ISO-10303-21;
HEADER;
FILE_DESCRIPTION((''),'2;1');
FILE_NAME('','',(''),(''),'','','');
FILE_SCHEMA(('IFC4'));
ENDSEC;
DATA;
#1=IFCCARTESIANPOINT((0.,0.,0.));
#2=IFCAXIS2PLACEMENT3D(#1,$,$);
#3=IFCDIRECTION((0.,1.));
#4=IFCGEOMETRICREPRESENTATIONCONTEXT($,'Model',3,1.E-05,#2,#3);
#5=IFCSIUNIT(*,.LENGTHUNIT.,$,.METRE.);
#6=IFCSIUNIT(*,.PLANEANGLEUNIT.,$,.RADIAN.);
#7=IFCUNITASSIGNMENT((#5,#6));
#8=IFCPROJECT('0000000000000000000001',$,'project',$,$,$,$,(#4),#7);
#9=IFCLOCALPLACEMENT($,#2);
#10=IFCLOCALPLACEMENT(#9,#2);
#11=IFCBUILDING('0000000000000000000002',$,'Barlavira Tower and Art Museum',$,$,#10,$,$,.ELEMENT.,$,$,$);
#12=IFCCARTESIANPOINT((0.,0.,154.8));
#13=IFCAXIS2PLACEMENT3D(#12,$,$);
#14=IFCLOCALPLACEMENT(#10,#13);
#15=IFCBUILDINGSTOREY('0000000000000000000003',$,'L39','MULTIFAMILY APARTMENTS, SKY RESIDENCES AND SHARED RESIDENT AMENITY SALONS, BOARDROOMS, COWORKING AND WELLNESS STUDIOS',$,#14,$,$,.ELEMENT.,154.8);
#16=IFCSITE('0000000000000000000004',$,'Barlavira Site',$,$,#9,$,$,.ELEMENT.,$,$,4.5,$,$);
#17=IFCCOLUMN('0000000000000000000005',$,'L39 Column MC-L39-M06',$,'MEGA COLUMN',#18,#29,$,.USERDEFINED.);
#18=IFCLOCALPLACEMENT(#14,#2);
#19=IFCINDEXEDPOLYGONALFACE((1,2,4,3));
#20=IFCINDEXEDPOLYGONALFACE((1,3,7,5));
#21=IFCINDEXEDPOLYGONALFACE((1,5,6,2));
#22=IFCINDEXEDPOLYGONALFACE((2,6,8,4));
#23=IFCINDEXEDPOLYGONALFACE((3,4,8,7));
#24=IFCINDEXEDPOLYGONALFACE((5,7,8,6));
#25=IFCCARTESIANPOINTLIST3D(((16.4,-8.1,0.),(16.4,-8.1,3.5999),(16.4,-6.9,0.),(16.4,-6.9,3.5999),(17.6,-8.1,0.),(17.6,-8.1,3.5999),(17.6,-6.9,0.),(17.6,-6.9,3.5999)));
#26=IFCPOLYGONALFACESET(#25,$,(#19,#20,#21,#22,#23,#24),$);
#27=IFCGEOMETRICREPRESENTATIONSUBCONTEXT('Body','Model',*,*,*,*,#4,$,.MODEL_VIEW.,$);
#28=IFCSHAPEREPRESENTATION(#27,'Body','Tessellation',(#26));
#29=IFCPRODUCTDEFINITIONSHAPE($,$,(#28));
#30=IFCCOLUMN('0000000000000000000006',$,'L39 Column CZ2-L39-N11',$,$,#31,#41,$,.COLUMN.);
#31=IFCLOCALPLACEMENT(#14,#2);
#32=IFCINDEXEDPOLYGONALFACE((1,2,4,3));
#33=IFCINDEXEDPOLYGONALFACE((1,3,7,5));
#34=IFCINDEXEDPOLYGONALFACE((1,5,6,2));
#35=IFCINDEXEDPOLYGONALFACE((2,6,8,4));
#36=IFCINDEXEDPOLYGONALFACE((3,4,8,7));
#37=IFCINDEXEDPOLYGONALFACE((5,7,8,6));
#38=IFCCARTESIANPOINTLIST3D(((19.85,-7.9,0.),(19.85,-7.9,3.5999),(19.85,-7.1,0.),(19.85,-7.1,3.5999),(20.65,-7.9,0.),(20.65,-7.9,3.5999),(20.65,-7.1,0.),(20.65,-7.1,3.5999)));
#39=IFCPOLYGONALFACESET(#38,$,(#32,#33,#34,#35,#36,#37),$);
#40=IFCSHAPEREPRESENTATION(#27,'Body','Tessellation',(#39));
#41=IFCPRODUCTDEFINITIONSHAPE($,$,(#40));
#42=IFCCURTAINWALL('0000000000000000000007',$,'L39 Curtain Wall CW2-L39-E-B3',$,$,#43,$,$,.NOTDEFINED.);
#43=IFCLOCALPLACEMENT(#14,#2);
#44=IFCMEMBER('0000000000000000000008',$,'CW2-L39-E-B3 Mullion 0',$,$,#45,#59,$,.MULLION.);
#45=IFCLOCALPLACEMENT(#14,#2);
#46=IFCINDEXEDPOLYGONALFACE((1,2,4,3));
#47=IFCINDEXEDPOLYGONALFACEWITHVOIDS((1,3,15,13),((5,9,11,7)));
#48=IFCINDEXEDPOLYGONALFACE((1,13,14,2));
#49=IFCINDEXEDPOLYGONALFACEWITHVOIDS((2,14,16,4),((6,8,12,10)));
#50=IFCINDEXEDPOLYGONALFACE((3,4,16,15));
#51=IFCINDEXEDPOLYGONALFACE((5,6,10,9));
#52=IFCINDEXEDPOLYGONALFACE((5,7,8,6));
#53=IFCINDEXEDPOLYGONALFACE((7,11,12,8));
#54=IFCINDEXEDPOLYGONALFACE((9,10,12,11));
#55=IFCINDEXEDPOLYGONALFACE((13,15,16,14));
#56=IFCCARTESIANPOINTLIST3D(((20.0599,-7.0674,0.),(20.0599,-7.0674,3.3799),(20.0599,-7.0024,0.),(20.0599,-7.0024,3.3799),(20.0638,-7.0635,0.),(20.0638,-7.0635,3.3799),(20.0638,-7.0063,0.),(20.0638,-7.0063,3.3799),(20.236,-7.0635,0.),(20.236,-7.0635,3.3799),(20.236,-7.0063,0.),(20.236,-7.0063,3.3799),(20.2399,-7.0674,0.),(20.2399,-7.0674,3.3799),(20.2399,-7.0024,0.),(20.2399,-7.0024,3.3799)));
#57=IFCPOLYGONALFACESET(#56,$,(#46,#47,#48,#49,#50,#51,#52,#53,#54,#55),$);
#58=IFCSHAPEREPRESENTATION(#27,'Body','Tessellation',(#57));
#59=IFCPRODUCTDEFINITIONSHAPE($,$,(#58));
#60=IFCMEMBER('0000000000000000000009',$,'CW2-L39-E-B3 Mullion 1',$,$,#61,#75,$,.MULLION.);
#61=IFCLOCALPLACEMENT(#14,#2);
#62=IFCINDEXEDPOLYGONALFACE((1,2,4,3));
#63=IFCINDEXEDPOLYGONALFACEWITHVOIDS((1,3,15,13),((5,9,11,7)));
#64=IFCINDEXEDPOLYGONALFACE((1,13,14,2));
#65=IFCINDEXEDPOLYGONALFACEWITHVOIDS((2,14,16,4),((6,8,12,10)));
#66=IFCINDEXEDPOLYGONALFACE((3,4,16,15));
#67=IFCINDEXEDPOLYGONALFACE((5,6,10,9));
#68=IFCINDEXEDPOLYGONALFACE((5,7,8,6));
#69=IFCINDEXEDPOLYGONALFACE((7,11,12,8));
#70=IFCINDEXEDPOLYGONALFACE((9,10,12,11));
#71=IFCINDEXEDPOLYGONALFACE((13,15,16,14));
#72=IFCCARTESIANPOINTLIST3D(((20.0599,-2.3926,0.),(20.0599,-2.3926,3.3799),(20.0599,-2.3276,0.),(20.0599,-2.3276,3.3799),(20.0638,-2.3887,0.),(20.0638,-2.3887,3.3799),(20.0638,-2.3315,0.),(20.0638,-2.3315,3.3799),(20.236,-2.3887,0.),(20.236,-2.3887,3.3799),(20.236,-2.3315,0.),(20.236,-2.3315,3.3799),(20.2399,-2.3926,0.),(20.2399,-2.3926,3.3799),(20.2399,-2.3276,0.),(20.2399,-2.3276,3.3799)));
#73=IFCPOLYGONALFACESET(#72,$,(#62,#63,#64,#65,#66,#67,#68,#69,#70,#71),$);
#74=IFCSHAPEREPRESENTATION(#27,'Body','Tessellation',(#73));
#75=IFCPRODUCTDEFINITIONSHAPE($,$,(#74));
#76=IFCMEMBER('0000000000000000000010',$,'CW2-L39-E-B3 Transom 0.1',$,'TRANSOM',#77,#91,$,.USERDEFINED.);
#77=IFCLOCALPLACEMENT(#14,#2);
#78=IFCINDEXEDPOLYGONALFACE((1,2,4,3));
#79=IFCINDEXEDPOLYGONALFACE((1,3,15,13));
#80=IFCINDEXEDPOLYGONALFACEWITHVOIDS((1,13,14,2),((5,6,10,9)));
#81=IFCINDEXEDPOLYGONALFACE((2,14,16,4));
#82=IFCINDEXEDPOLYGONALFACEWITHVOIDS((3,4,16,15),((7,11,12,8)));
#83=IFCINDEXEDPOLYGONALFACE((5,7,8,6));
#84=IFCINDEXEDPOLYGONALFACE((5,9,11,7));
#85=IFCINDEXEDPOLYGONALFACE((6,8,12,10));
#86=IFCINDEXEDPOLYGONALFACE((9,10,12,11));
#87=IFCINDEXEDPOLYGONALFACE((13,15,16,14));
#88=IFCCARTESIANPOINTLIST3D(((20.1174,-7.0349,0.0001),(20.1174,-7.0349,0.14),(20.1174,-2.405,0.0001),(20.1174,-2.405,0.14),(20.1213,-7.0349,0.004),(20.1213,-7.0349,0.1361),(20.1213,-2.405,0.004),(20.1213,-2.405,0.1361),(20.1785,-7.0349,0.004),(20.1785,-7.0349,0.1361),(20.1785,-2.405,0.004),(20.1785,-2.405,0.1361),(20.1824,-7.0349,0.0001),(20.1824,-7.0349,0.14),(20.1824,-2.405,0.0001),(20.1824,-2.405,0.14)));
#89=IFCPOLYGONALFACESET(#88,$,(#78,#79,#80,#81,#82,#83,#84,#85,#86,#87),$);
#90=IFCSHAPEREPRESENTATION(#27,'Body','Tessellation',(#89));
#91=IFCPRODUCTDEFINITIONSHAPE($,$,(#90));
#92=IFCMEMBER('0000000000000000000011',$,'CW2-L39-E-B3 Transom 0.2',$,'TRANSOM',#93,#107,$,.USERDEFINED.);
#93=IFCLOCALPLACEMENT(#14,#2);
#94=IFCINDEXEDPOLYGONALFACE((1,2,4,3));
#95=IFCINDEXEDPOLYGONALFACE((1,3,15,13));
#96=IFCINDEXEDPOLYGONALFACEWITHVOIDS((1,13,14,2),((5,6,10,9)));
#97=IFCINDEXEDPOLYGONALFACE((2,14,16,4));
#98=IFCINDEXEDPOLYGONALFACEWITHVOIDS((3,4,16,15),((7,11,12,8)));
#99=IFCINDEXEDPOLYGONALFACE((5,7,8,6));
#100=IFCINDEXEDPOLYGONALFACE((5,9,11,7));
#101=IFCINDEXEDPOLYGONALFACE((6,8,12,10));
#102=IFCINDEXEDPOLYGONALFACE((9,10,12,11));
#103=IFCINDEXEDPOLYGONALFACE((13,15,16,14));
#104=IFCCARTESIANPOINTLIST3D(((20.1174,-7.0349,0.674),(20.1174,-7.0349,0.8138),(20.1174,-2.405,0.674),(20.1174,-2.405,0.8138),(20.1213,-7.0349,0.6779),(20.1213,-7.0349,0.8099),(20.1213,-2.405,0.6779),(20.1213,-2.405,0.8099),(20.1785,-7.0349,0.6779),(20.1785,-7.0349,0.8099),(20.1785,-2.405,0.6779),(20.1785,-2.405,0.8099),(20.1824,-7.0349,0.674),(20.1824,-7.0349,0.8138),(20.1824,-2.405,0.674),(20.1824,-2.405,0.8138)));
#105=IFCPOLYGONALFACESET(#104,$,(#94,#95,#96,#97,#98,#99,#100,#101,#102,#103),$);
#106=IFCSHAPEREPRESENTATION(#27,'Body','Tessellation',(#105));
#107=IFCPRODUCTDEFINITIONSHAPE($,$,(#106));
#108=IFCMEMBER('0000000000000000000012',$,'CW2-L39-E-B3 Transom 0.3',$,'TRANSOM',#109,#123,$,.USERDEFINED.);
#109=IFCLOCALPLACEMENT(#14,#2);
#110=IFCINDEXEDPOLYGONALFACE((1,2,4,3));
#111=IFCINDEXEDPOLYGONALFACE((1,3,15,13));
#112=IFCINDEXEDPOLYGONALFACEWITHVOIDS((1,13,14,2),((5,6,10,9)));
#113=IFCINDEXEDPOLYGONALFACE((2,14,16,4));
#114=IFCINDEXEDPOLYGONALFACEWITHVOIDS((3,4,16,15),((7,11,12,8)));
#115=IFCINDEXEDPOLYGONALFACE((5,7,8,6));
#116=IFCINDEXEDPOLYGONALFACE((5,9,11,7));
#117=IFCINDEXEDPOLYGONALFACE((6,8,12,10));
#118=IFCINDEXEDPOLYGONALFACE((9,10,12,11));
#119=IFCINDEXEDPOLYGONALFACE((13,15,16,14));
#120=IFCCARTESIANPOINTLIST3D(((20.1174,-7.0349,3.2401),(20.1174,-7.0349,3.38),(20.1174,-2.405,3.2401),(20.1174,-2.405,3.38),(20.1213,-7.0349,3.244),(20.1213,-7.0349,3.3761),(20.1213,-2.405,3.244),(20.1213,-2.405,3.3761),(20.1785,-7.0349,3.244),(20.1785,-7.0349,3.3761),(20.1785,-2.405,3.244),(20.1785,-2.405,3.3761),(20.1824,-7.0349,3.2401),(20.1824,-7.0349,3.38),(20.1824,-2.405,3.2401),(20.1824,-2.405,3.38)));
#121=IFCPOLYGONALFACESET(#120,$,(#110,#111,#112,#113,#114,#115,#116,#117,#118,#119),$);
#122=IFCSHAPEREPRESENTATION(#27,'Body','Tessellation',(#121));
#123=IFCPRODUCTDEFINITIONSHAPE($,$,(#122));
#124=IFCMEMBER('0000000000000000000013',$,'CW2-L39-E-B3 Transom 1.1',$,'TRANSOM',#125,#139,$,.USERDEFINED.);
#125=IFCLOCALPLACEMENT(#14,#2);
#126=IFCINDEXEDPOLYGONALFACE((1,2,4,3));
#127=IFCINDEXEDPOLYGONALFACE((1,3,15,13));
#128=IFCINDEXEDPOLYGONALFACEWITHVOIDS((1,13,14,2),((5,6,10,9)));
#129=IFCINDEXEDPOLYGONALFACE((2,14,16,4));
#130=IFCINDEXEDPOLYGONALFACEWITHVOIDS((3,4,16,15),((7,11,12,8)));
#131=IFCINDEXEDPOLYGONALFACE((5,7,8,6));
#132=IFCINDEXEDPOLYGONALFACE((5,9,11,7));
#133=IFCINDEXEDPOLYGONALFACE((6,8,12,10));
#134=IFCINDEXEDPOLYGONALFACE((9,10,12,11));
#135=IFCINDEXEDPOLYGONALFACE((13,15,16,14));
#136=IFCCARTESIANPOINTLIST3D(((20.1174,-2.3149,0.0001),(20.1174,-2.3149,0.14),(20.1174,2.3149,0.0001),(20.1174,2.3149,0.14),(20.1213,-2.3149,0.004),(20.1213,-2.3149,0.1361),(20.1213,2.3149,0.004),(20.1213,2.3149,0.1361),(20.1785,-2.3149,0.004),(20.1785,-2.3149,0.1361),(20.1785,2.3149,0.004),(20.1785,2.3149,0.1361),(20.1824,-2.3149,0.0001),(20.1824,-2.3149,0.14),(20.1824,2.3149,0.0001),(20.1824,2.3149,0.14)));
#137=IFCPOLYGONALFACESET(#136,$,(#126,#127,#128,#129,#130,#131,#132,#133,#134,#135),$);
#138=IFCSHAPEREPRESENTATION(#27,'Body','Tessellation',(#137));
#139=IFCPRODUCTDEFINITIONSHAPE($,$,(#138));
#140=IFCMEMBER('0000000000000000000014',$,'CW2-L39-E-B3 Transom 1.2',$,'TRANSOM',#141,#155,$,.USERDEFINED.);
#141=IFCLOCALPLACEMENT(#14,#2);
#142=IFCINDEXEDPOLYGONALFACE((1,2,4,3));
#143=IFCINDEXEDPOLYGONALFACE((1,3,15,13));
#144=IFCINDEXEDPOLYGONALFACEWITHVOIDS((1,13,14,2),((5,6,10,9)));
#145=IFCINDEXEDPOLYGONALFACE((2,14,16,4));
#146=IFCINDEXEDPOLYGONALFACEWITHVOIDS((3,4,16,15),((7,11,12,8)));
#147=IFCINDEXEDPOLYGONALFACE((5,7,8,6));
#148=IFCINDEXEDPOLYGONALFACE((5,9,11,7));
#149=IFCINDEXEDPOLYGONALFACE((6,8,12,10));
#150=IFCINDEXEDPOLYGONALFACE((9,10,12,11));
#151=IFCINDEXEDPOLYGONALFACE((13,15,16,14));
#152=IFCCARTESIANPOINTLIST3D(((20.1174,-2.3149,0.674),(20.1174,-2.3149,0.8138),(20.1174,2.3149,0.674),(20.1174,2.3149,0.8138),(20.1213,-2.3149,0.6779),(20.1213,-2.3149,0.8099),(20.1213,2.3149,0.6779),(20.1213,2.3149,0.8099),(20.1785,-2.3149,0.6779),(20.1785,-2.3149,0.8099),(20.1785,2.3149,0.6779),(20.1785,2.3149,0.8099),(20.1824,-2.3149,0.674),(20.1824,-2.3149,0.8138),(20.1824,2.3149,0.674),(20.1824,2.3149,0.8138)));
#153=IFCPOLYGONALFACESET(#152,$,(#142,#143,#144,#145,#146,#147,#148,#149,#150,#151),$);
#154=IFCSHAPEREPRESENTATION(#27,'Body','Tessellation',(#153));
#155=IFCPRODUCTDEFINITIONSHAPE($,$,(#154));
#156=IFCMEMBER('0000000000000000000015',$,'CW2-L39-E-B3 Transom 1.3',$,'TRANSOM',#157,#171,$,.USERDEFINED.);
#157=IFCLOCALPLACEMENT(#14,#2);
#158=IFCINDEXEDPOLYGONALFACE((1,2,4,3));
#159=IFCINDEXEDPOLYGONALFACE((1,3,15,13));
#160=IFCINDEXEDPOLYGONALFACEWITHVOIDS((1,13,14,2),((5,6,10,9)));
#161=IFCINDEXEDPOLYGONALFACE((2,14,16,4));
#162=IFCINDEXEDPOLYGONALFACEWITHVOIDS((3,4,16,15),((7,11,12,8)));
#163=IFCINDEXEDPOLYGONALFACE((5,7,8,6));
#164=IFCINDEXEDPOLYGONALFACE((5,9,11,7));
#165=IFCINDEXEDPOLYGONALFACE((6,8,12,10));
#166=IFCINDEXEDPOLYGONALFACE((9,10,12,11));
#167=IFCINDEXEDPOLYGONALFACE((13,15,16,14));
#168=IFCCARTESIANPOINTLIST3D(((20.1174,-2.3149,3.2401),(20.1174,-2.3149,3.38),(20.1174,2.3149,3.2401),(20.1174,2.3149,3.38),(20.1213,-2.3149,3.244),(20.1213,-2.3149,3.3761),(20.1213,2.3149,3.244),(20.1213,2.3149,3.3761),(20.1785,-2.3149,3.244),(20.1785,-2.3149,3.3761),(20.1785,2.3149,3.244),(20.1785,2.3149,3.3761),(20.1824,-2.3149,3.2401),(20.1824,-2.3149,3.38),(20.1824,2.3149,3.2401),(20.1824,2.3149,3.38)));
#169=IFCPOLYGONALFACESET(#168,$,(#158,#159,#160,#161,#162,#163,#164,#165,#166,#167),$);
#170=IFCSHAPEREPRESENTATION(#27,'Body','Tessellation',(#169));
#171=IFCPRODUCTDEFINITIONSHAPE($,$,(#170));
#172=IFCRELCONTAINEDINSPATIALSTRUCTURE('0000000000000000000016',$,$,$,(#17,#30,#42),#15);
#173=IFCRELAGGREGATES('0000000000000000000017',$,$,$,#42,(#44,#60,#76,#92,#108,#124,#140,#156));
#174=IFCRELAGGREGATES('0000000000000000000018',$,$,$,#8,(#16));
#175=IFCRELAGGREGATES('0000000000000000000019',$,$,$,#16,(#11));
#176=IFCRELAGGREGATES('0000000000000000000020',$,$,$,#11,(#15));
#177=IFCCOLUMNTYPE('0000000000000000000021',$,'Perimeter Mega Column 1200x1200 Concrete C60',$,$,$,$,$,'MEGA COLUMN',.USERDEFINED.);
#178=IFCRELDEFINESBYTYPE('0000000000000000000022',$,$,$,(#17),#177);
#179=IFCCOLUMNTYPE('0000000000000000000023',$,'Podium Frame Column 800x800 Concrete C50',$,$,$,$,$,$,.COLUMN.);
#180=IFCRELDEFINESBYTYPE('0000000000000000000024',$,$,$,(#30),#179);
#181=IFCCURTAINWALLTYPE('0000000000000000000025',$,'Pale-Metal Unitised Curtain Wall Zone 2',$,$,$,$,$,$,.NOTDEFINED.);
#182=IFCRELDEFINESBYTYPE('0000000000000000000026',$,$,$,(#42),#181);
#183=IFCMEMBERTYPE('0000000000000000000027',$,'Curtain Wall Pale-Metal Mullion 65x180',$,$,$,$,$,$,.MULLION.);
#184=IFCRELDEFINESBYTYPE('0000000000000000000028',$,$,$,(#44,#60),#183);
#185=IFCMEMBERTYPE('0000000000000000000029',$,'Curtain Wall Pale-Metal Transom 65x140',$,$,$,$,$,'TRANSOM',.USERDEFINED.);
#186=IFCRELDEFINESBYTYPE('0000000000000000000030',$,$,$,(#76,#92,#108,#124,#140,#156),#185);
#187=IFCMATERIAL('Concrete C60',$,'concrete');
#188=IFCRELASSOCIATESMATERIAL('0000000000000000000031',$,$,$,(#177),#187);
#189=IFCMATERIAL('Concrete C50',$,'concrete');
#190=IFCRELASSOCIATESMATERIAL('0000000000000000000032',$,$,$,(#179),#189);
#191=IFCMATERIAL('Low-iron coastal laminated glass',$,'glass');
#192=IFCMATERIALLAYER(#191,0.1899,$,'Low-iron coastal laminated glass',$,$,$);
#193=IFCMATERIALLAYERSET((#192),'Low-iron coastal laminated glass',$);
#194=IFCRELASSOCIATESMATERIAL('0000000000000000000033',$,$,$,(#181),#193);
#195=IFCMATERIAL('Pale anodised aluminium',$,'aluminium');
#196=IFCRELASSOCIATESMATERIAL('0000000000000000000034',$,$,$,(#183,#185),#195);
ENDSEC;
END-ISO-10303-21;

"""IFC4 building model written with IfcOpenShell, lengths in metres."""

from ifc_helpers import new_model, si_unit, direction, frame, origin, origin_2d, place, context, subcontext, project, spatial, rectangle, hollow_rectangle, extrude, material, layer, layer_set, material_profile, profile_set, type_object, element, aggregate, save


model = new_model("IFC4")

# Units and contexts
model_context = context("Model", 3, precision=1e-05, world=origin(), true_north=direction((0.0, 1.0)))
body_context = subcontext(model_context, "Body", "Model", "MODEL_VIEW")
ifc_project = project(units=[si_unit("LENGTHUNIT", "METRE"), si_unit("PLANEANGLEUNIT", "RADIAN")], contexts=[model_context])

# Site, building, storey
site_placement = place(None, origin())
site = spatial("IfcSite", under=ifc_project, at=site_placement, Name="Barlavira Site", CompositionType="ELEMENT", RefElevation=4.5)
building_placement = place(site_placement, origin())
building = spatial("IfcBuilding", under=site, at=building_placement, Name="Barlavira Tower and Art Museum", CompositionType="ELEMENT")
storey_placement = place(building_placement, frame((0.0, 0.0, 154.8)))
storey = spatial("IfcBuildingStorey", under=building, at=storey_placement, Name="L39", Description="MULTIFAMILY APARTMENTS, SKY RESIDENCES AND SHARED RESIDENT AMENITY SALONS, BOARDROOMS, COWORKING AND WELLNESS STUDIOS", CompositionType="ELEMENT", Elevation=154.8)

# Columns
ifc_material_1 = material(Name="Concrete C60", Category="concrete")
ifc_material_profile_1 = material_profile(ifc_material_1, rectangle(XDim=1.2, YDim=1.2, at=origin_2d()), Name="RC-COL 1200x1200")
ifc_profile_set_1 = profile_set([ifc_material_profile_1], Name="Concrete C60")
column_type_1 = type_object("IfcColumnType", Name="Perimeter Mega Column 1200x1200 Concrete C60", ElementType="MEGA COLUMN", PredefinedType="USERDEFINED", material=ifc_profile_set_1)
column_1_placement = place(storey_placement, frame((17.0, -7.5, 0.0), z_axis=(0.0, 0.0, 1.0), x_axis=(1.0, 0.0, 0.0)))
element("IfcColumn", 1, at=column_1_placement, inside=storey, type_object=column_type_1, Name="L39 Column MC-L39-M06", ObjectType="MEGA COLUMN", PredefinedType="USERDEFINED", context=body_context, shape_type="SweptSolid", body=[
    extrude(rectangle(XDim=1.2, YDim=1.2, at=origin_2d()), origin(), (0.0, 0.0, 1.0), 3.5999),
])
ifc_material_2 = material(Name="Concrete C50", Category="concrete")
ifc_material_profile_2 = material_profile(ifc_material_2, rectangle(XDim=0.8, YDim=0.8, at=origin_2d()), Name="RC-COL 800x800")
ifc_profile_set_2 = profile_set([ifc_material_profile_2], Name="Concrete C50")
column_type_2 = type_object("IfcColumnType", Name="Podium Frame Column 800x800 Concrete C50", PredefinedType="COLUMN", material=ifc_profile_set_2)
column_2_placement = place(storey_placement, frame((20.25, -7.5, 0.0), z_axis=(0.0, 0.0, 1.0), x_axis=(1.0, 0.0, 0.0)))
element("IfcColumn", 2, at=column_2_placement, inside=storey, type_object=column_type_2, Name="L39 Column CZ2-L39-N11", PredefinedType="COLUMN", context=body_context, shape_type="SweptSolid", body=[
    extrude(rectangle(XDim=0.8, YDim=0.8, at=origin_2d()), origin(), (0.0, 0.0, 1.0), 3.5999),
])

# Curtain wall, members
ifc_material_3 = material(Name="Low-iron coastal laminated glass", Category="glass")
ifc_layer_1 = layer(ifc_material_3, 0.1899, Name="Low-iron coastal laminated glass")
ifc_layer_set_1 = layer_set([ifc_layer_1], Name="Low-iron coastal laminated glass")
curtain_wall_type = type_object("IfcCurtainWallType", Name="Pale-Metal Unitised Curtain Wall Zone 2", PredefinedType="NOTDEFINED", material=ifc_layer_set_1)
curtain_wall_placement = place(storey_placement, origin())
curtain_wall = element("IfcCurtainWall", 3, at=curtain_wall_placement, inside=storey, type_object=curtain_wall_type, Name="L39 Curtain Wall CW2-L39-E-B3", PredefinedType="NOTDEFINED")
ifc_material_4 = material(Name="Pale anodised aluminium", Category="aluminium")
ifc_material_profile_3 = material_profile(ifc_material_4, hollow_rectangle(XDim=0.0649, YDim=0.1799, WallThickness=0.0039, at=origin_2d()), Name="ALU-MULL 65x180x4")
ifc_profile_set_3 = profile_set([ifc_material_profile_3], Name="Pale anodised aluminium")
member_type_1 = type_object("IfcMemberType", Name="Curtain Wall Pale-Metal Mullion 65x180", PredefinedType="MULLION", material=ifc_profile_set_3)
member_1_placement = place(storey_placement, frame((20.1499, -7.0349, 0.0), z_axis=(0.0, 0.0, 1.0), x_axis=(0.0, 1.0, 0.0)))
member_1 = element("IfcMember", 4, at=member_1_placement, type_object=member_type_1, Name="CW2-L39-E-B3 Mullion 0", PredefinedType="MULLION", context=body_context, shape_type="SweptSolid", body=[
    extrude(hollow_rectangle(XDim=0.0649, YDim=0.1799, WallThickness=0.0039, at=origin_2d()), origin(), (0.0, 0.0, 1.0), 3.3799),
])
member_2_placement = place(storey_placement, frame((20.1499, -2.3601, 0.0), z_axis=(0.0, 0.0, 1.0), x_axis=(0.0, 1.0, 0.0)))
member_2 = element("IfcMember", 5, at=member_2_placement, type_object=member_type_1, Name="CW2-L39-E-B3 Mullion 1", PredefinedType="MULLION", context=body_context, shape_type="SweptSolid", body=[
    extrude(hollow_rectangle(XDim=0.0649, YDim=0.1799, WallThickness=0.0039, at=origin_2d()), origin(), (0.0, 0.0, 1.0), 3.3799),
])
ifc_material_profile_4 = material_profile(ifc_material_4, hollow_rectangle(XDim=0.0649, YDim=0.1399, WallThickness=0.0039, at=origin_2d()), Name="ALU-TRAN 65x140x4")
ifc_profile_set_4 = profile_set([ifc_material_profile_4], Name="Pale anodised aluminium")
member_type_2 = type_object("IfcMemberType", Name="Curtain Wall Pale-Metal Transom 65x140", ElementType="TRANSOM", PredefinedType="USERDEFINED", material=ifc_profile_set_4)
member_3_placement = place(storey_placement, frame((20.1499, -7.0349, 0.0701), z_axis=(0.0, 1.0, 0.0), x_axis=(-1.0, 0.0, 0.0)))
member_3 = element("IfcMember", 6, at=member_3_placement, type_object=member_type_2, Name="CW2-L39-E-B3 Transom 0.1", ObjectType="TRANSOM", PredefinedType="USERDEFINED", context=body_context, shape_type="SweptSolid", body=[
    extrude(hollow_rectangle(XDim=0.0649, YDim=0.1399, WallThickness=0.0039, at=origin_2d()), origin(), (0.0, 0.0, 1.0), 4.6299),
])
member_4_placement = place(storey_placement, frame((20.1499, -7.0349, 0.7439), z_axis=(0.0, 1.0, 0.0), x_axis=(-1.0, 0.0, 0.0)))
member_4 = element("IfcMember", 7, at=member_4_placement, type_object=member_type_2, Name="CW2-L39-E-B3 Transom 0.2", ObjectType="TRANSOM", PredefinedType="USERDEFINED", context=body_context, shape_type="SweptSolid", body=[
    extrude(hollow_rectangle(XDim=0.0649, YDim=0.1399, WallThickness=0.0039, at=origin_2d()), origin(), (0.0, 0.0, 1.0), 4.6299),
])
member_5_placement = place(storey_placement, frame((20.1499, -7.0349, 3.3101), z_axis=(0.0, 1.0, 0.0), x_axis=(-1.0, 0.0, 0.0)))
member_5 = element("IfcMember", 8, at=member_5_placement, type_object=member_type_2, Name="CW2-L39-E-B3 Transom 0.3", ObjectType="TRANSOM", PredefinedType="USERDEFINED", context=body_context, shape_type="SweptSolid", body=[
    extrude(hollow_rectangle(XDim=0.0649, YDim=0.1399, WallThickness=0.0039, at=origin_2d()), origin(), (0.0, 0.0, 1.0), 4.6299),
])
member_6_placement = place(storey_placement, frame((20.1499, -2.3149, 0.0701), z_axis=(0.0, 1.0, 0.0), x_axis=(-1.0, 0.0, 0.0)))
member_6 = element("IfcMember", 9, at=member_6_placement, type_object=member_type_2, Name="CW2-L39-E-B3 Transom 1.1", ObjectType="TRANSOM", PredefinedType="USERDEFINED", context=body_context, shape_type="SweptSolid", body=[
    extrude(hollow_rectangle(XDim=0.0649, YDim=0.1399, WallThickness=0.0039, at=origin_2d()), origin(), (0.0, 0.0, 1.0), 4.6299),
])
member_7_placement = place(storey_placement, frame((20.1499, -2.3149, 0.7439), z_axis=(0.0, 1.0, 0.0), x_axis=(-1.0, 0.0, 0.0)))
member_7 = element("IfcMember", 10, at=member_7_placement, type_object=member_type_2, Name="CW2-L39-E-B3 Transom 1.2", ObjectType="TRANSOM", PredefinedType="USERDEFINED", context=body_context, shape_type="SweptSolid", body=[
    extrude(hollow_rectangle(XDim=0.0649, YDim=0.1399, WallThickness=0.0039, at=origin_2d()), origin(), (0.0, 0.0, 1.0), 4.6299),
])
member_8_placement = place(storey_placement, frame((20.1499, -2.3149, 3.3101), z_axis=(0.0, 1.0, 0.0), x_axis=(-1.0, 0.0, 0.0)))
member_8 = element("IfcMember", 11, at=member_8_placement, type_object=member_type_2, Name="CW2-L39-E-B3 Transom 1.3", ObjectType="TRANSOM", PredefinedType="USERDEFINED", context=body_context, shape_type="SweptSolid", body=[
    extrude(hollow_rectangle(XDim=0.0649, YDim=0.1399, WallThickness=0.0039, at=origin_2d()), origin(), (0.0, 0.0, 1.0), 4.6299),
])

aggregate(curtain_wall, [member_1, member_2, member_3, member_4, member_5, member_6, member_7, member_8])

save(model, "model.ifc")
